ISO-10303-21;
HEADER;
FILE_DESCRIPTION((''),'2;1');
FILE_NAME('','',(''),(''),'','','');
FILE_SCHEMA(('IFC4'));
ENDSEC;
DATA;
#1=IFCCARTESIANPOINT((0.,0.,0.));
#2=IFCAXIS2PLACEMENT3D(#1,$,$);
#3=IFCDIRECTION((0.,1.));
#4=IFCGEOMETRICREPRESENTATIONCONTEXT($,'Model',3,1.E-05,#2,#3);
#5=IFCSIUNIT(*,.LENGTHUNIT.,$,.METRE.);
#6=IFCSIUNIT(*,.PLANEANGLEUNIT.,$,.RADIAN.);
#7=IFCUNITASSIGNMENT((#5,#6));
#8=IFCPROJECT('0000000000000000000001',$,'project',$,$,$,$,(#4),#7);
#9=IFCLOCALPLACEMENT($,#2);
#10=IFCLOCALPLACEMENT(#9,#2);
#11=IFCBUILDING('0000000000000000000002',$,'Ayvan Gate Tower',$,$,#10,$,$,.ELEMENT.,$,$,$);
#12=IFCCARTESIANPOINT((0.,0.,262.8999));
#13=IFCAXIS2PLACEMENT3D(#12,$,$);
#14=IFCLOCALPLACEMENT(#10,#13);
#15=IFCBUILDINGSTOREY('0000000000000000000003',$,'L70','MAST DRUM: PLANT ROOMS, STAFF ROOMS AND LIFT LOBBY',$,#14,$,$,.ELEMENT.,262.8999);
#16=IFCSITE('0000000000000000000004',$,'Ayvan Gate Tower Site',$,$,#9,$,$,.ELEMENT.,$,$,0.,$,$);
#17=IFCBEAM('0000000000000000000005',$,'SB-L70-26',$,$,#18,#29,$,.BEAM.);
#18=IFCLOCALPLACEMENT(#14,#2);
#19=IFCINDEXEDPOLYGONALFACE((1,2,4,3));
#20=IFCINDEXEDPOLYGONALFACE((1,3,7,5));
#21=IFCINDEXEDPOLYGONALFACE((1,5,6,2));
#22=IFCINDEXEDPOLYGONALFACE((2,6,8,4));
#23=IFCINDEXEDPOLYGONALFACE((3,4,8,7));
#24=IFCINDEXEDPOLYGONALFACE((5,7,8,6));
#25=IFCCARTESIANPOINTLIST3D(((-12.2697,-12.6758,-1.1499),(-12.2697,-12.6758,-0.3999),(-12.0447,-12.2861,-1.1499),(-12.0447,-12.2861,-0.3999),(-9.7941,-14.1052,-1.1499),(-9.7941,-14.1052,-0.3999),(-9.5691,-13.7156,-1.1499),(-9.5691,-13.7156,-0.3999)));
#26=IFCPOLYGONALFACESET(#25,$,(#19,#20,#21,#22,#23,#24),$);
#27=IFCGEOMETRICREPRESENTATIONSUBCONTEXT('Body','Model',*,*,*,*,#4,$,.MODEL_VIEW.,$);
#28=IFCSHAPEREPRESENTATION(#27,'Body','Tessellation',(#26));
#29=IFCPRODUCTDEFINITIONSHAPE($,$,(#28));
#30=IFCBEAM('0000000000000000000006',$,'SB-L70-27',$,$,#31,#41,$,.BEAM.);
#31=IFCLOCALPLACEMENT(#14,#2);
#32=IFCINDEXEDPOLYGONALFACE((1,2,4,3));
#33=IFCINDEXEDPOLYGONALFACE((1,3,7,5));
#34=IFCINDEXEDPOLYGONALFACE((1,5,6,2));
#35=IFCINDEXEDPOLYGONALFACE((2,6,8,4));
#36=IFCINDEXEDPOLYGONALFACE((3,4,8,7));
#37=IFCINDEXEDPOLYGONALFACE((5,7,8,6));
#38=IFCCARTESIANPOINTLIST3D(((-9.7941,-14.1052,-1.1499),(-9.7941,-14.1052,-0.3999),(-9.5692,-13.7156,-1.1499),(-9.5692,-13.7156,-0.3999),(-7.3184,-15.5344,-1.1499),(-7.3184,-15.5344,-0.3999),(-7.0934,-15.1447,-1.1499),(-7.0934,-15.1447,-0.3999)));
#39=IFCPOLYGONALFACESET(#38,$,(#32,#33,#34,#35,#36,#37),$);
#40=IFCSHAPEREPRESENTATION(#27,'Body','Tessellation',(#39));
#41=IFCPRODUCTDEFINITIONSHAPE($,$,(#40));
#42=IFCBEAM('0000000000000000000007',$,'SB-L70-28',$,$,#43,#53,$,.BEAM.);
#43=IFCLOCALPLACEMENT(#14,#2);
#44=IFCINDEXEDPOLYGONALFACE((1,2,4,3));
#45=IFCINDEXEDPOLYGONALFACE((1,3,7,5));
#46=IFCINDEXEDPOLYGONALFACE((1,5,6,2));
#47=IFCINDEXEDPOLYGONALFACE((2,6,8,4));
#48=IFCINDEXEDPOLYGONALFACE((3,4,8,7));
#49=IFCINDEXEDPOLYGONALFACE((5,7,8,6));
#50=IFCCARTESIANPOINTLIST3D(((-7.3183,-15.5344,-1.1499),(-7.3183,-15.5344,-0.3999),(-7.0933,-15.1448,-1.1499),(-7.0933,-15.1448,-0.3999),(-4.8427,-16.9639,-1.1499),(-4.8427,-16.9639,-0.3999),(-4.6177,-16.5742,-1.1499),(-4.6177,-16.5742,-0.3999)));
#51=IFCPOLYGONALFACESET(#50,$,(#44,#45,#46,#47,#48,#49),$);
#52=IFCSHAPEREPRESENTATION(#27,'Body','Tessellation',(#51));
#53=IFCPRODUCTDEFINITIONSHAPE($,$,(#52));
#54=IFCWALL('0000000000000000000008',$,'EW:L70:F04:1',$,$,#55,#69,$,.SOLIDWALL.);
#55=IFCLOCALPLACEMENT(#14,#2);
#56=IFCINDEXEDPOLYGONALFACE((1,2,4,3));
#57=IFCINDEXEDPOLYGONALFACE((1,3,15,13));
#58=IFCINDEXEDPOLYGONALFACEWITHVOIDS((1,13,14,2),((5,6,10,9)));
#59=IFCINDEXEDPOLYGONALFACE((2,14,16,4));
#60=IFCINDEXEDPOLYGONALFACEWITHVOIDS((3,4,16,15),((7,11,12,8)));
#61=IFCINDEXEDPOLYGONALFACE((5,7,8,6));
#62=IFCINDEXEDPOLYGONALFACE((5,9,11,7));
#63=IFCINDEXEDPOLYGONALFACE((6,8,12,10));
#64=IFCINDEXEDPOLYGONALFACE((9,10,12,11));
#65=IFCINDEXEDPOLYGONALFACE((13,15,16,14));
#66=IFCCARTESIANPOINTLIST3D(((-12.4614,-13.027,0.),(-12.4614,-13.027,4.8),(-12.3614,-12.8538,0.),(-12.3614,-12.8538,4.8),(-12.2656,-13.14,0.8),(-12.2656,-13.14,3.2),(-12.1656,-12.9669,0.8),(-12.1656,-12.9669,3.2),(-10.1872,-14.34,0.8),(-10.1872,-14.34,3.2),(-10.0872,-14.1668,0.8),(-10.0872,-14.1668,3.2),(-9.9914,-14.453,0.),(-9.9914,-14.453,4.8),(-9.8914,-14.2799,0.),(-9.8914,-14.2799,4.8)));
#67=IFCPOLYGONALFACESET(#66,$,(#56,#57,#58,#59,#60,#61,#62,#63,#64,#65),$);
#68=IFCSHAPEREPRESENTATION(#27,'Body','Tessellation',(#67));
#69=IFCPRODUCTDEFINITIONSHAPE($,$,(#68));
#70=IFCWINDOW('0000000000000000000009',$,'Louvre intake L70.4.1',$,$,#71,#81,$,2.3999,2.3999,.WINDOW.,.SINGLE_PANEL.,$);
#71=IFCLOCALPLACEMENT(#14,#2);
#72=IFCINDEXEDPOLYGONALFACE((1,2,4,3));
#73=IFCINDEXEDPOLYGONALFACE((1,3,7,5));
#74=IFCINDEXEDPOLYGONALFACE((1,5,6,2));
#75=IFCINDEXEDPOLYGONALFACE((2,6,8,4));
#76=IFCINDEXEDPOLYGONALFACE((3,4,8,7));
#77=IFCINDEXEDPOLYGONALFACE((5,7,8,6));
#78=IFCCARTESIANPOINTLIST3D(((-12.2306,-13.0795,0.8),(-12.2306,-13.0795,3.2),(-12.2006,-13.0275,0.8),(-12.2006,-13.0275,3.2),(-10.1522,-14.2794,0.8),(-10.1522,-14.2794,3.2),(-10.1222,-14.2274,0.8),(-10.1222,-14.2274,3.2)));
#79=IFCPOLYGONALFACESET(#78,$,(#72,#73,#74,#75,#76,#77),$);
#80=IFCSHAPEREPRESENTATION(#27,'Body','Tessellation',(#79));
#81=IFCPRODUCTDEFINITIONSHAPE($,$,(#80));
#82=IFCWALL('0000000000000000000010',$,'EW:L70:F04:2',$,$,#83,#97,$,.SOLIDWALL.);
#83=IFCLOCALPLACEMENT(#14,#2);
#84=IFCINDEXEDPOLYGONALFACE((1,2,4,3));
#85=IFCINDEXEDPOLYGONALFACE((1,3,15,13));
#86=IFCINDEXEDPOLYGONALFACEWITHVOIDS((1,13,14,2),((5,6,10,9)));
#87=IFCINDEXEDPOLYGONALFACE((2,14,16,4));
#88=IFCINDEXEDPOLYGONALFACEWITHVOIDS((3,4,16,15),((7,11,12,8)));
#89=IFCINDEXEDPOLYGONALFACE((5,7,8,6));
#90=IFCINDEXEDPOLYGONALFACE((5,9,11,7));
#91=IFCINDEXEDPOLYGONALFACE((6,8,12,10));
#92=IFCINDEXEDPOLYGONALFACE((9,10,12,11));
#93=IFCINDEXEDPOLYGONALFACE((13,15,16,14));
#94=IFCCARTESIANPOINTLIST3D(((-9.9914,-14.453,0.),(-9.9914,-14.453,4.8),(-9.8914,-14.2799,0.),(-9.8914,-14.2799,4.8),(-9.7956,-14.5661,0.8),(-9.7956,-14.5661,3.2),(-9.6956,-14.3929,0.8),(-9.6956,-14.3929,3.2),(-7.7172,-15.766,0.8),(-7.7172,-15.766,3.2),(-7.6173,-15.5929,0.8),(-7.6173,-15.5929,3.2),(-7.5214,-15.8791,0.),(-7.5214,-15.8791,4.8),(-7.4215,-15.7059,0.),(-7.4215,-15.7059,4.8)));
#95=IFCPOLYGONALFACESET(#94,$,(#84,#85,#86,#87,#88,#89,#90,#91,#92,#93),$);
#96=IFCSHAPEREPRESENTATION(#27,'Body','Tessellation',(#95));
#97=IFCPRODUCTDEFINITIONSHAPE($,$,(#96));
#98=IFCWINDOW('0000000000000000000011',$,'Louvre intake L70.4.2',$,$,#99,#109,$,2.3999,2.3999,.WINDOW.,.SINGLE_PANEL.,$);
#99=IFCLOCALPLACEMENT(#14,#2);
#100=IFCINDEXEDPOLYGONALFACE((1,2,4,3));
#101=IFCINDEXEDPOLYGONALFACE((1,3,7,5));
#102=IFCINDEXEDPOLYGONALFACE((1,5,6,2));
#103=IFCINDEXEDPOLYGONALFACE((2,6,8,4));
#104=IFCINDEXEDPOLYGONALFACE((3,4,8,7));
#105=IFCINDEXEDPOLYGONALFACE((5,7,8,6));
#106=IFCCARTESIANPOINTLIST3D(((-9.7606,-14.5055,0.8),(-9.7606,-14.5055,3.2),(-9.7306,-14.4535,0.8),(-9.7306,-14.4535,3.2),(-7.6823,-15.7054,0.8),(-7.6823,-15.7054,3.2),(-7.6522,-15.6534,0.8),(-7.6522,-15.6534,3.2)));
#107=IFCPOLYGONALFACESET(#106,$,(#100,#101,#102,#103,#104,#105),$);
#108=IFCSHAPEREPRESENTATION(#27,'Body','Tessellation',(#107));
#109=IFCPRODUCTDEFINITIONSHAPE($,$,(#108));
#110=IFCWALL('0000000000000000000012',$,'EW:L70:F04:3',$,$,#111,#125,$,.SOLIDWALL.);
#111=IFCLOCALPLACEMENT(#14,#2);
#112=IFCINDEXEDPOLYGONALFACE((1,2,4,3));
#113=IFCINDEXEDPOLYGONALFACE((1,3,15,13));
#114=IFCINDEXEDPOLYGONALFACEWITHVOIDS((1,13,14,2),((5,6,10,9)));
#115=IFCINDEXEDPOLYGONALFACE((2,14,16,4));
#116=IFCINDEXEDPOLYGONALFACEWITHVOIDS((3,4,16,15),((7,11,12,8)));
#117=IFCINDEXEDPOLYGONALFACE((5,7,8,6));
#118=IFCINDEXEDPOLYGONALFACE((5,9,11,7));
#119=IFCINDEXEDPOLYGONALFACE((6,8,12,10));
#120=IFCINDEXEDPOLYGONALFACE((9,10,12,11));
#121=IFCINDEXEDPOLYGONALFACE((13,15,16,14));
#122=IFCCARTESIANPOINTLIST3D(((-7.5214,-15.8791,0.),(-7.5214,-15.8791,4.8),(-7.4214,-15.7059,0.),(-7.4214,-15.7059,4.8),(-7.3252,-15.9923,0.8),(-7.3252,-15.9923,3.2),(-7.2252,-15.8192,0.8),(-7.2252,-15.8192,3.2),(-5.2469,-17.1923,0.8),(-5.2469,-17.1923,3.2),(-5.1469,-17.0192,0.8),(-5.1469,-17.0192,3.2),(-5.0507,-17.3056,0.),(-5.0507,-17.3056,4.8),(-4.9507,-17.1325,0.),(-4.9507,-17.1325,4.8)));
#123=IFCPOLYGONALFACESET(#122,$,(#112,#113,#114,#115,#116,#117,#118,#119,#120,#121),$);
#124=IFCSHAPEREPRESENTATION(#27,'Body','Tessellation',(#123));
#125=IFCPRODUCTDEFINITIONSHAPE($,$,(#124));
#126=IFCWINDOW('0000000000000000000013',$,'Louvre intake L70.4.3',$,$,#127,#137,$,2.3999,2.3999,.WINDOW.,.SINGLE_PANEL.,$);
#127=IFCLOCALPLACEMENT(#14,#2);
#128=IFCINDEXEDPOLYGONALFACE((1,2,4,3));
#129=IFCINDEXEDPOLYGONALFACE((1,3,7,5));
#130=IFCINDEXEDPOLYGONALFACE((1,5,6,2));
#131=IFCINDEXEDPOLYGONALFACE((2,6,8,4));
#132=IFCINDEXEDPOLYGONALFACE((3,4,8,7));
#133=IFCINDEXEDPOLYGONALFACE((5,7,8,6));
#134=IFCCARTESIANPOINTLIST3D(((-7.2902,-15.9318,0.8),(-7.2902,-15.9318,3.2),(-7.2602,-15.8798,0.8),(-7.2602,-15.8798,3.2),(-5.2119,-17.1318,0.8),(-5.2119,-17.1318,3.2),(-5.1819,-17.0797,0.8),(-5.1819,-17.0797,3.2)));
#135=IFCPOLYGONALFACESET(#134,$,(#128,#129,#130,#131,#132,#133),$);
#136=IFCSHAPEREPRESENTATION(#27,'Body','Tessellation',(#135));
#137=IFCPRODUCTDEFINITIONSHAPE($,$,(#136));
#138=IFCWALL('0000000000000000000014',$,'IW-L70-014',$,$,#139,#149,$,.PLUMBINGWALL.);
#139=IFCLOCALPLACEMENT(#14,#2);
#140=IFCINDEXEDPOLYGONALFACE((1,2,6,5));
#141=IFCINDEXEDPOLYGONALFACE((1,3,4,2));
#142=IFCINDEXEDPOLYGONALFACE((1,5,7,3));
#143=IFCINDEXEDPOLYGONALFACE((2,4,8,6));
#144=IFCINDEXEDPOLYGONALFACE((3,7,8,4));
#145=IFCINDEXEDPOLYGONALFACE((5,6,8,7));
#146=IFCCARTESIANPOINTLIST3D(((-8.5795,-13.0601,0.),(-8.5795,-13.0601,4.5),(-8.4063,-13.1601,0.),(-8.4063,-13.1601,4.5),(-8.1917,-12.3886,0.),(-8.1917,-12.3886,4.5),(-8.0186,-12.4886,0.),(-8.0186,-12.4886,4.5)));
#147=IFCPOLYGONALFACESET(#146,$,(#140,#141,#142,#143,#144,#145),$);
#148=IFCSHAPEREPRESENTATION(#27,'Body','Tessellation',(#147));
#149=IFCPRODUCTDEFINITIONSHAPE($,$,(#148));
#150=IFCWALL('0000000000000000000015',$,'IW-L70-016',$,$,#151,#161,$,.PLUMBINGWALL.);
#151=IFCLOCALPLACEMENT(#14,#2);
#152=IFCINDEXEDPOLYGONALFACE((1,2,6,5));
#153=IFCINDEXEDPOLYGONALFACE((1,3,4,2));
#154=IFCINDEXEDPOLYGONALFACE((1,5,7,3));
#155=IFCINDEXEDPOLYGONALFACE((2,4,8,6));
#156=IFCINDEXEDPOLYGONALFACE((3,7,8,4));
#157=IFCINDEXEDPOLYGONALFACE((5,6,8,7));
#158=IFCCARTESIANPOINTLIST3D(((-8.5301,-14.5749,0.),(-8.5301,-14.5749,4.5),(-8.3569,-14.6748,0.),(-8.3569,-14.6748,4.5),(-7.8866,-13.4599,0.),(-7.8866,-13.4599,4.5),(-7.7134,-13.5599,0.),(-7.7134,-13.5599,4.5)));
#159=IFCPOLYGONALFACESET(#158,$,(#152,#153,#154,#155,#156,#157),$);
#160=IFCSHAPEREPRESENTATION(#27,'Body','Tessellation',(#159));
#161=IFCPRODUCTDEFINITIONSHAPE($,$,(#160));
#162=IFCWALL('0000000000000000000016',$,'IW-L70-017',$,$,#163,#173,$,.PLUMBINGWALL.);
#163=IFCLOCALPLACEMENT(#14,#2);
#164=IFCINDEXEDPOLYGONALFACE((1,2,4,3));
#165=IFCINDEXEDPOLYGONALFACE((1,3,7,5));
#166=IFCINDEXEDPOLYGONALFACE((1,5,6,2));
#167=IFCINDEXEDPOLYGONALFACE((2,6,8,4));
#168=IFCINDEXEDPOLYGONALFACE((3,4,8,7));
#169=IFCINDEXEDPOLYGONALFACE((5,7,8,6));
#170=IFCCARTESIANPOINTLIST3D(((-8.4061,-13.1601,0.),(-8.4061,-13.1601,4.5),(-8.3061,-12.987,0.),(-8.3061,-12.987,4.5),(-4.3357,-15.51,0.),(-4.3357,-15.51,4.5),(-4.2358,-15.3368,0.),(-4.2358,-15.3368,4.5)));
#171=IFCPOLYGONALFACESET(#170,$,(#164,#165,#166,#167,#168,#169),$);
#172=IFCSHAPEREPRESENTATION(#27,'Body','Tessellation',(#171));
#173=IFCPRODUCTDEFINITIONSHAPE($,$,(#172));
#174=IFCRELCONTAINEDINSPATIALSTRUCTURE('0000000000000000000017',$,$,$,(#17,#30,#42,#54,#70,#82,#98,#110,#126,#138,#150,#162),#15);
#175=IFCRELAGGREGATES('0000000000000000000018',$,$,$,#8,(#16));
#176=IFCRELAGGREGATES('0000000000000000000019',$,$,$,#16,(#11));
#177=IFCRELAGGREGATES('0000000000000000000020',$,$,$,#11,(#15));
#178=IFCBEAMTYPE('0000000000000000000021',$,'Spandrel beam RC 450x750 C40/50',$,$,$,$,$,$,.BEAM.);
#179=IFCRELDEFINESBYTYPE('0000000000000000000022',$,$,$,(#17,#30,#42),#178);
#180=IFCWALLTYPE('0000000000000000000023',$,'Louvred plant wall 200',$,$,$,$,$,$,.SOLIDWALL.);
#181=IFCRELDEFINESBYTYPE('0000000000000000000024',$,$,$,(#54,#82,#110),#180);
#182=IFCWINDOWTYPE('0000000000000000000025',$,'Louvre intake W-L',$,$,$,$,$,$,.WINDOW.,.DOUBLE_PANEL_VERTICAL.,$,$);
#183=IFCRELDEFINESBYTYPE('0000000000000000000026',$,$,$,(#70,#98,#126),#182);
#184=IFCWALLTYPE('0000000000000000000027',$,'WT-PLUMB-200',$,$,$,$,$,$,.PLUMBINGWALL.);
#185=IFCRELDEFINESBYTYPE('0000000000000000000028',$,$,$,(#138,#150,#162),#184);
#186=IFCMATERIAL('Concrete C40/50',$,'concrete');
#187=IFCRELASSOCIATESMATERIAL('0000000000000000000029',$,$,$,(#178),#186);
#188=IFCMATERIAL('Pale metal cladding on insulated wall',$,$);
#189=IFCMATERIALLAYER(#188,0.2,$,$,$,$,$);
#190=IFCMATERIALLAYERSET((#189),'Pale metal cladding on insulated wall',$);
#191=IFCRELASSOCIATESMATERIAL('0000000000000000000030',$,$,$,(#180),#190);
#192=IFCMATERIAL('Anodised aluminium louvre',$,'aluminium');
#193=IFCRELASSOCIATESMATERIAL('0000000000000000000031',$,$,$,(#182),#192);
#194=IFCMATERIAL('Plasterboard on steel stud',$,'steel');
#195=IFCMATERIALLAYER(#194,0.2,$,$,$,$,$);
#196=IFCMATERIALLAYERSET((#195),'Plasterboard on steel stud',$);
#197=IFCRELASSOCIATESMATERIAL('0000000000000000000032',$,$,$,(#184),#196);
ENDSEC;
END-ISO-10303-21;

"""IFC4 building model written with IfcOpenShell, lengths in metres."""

from ifc_helpers import new_model, si_unit, direction, frame, frame_2d, origin, origin_2d, place, context, subcontext, project, spatial, rectangle, extrude, material, layer, layer_set, material_profile, profile_set, type_object, element, fill, save


model = new_model("IFC4")

# Units and contexts
model_context = context("Model", 3, precision=1e-05, world=origin(), true_north=direction((0.0, 1.0)))
body_context = subcontext(model_context, "Body", "Model", "MODEL_VIEW")
ifc_project = project(units=[si_unit("LENGTHUNIT", "METRE"), si_unit("PLANEANGLEUNIT", "RADIAN")], contexts=[model_context])

# Site, building, storey
site_placement = place(None, origin())
site = spatial("IfcSite", under=ifc_project, at=site_placement, Name="Ayvan Gate Tower Site", CompositionType="ELEMENT", RefElevation=0.0)
building_placement = place(site_placement, origin())
building = spatial("IfcBuilding", under=site, at=building_placement, Name="Ayvan Gate Tower", CompositionType="ELEMENT")
storey_placement = place(building_placement, frame((0.0, 0.0, 262.8999)))
storey = spatial("IfcBuildingStorey", under=building, at=storey_placement, Name="L70", Description="MAST DRUM: PLANT ROOMS, STAFF ROOMS AND LIFT LOBBY", CompositionType="ELEMENT", Elevation=262.8999)

# Beams
ifc_material_1 = material(Name="Concrete C40/50", Category="concrete")
ifc_material_profile = material_profile(ifc_material_1, rectangle(XDim=0.45, YDim=0.75, at=origin_2d()), Name="RC 450x750")
ifc_profile_set = profile_set([ifc_material_profile], Name="Concrete C40/50")
beam_type = type_object("IfcBeamType", Name="Spandrel beam RC 450x750 C40/50", PredefinedType="BEAM", material=ifc_profile_set)
for number, where, z_axis, x_axis, name in (
    (1, (-12.1572, -12.481, -0.7749), (0.866001, -0.500043, 0.0), (0.500043, 0.866001, 0.0), "SB-L70-26"),
    (2, (-9.6816, -13.9104, -0.7749), (0.866059, -0.499942, 0.0), (0.499942, 0.866059, 0.0), "SB-L70-27"),
    (3, (-7.2058, -15.3396, -0.7749), (0.866001, -0.500043, 0.0), (0.500043, 0.866001, 0.0), "SB-L70-28"),
):
    element("IfcBeam", number, at=place(storey_placement, frame(where, z_axis=z_axis, x_axis=x_axis)), inside=storey, type_object=beam_type, Name=name, PredefinedType="BEAM", context=body_context, shape_type="SweptSolid", body=[
        extrude(rectangle(XDim=0.45, YDim=0.75, at=origin_2d()), origin(), (0.0, 0.0, 1.0), 2.8586),
    ])

# Walls, openings, windows
ifc_material_2 = material(Name="Pale metal cladding on insulated wall")
ifc_layer_1 = layer(ifc_material_2, 0.2)
ifc_layer_set_1 = layer_set([ifc_layer_1], Name="Pale metal cladding on insulated wall")
wall_type_1 = type_object("IfcWallType", Name="Louvred plant wall 200", PredefinedType="SOLIDWALL", material=ifc_layer_set_1)
wall_1_placement = place(storey_placement, frame((-12.4114, -12.9404, 0.0), z_axis=(0.0, 0.0, 1.0), x_axis=(0.866027, -0.499997, 0.0)))
wall_1 = element("IfcWall", 4, at=wall_1_placement, inside=storey, type_object=wall_type_1, Name="EW:L70:F04:1", PredefinedType="SOLIDWALL", context=body_context, shape_type="SweptSolid", body=[
    extrude(rectangle(XDim=2.8521, YDim=0.2, at=frame_2d((1.426, 0.0))), origin(), (0.0, 0.0, 1.0), 4.8),
])
opening_1_placement = place(wall_1_placement, frame((0.2261, 0.0, 0.8)))
opening_1 = element("IfcOpeningElement", 5, at=opening_1_placement, cuts=wall_1, PredefinedType="OPENING", context=body_context, shape_type="SweptSolid", body=[
    extrude(rectangle(XDim=2.3999, YDim=2.3999, at=frame_2d((1.2, 1.2))), frame((0.0, 0.1099, 0.0), z_axis=(0.0, -1.0, 0.0), x_axis=(1.0, 0.0, 0.0)), (0.0, 0.0, 1.0), 0.22),
])
ifc_material_3 = material(Name="Anodised aluminium louvre", Category="aluminium")
window_type = type_object("IfcWindowType", Name="Louvre intake W-L", PartitioningType="DOUBLE_PANEL_VERTICAL", PredefinedType="WINDOW", material=ifc_material_3)
window_1_placement = place(opening_1_placement, origin())
window_1 = element("IfcWindow", 6, at=window_1_placement, inside=storey, type_object=window_type, Name="Louvre intake L70.4.1", OverallHeight=2.3999, OverallWidth=2.3999, PartitioningType="SINGLE_PANEL", PredefinedType="WINDOW", context=body_context, shape_type="SweptSolid", body=[
    extrude(rectangle(XDim=2.3999, YDim=2.3999, at=frame_2d((1.2, 1.2))), frame((0.0, 0.03, 0.0), z_axis=(0.0, -1.0, 0.0), x_axis=(1.0, 0.0, 0.0)), (0.0, 0.0, 1.0), 0.0601),
])
fill(opening_1, window_1)
wall_2_placement = place(storey_placement, frame((-9.9414, -14.3665, 0.0), z_axis=(0.0, 0.0, 1.0), x_axis=(0.866027, -0.499997, 0.0)))
wall_2 = element("IfcWall", 7, at=wall_2_placement, inside=storey, type_object=wall_type_1, Name="EW:L70:F04:2", PredefinedType="SOLIDWALL", context=body_context, shape_type="SweptSolid", body=[
    extrude(rectangle(XDim=2.8521, YDim=0.2, at=frame_2d((1.426, 0.0))), origin(), (0.0, 0.0, 1.0), 4.8),
])
opening_2_placement = place(wall_2_placement, frame((0.2261, 0.0, 0.8)))
opening_2 = element("IfcOpeningElement", 8, at=opening_2_placement, cuts=wall_2, PredefinedType="OPENING", context=body_context, shape_type="SweptSolid", body=[
    extrude(rectangle(XDim=2.3999, YDim=2.3999, at=frame_2d((1.2, 1.2))), frame((0.0, 0.1099, 0.0), z_axis=(0.0, -1.0, 0.0), x_axis=(1.0, 0.0, 0.0)), (0.0, 0.0, 1.0), 0.22),
])
window_2_placement = place(opening_2_placement, origin())
window_2 = element("IfcWindow", 9, at=window_2_placement, inside=storey, type_object=window_type, Name="Louvre intake L70.4.2", OverallHeight=2.3999, OverallWidth=2.3999, PartitioningType="SINGLE_PANEL", PredefinedType="WINDOW", context=body_context, shape_type="SweptSolid", body=[
    extrude(rectangle(XDim=2.3999, YDim=2.3999, at=frame_2d((1.2, 1.2))), frame((0.0, 0.03, 0.0), z_axis=(0.0, -1.0, 0.0), x_axis=(1.0, 0.0, 0.0)), (0.0, 0.0, 1.0), 0.0601),
])
fill(opening_2, window_2)
wall_3_placement = place(storey_placement, frame((-7.4714, -15.7925, 0.0), z_axis=(0.0, 0.0, 1.0), x_axis=(0.866017, -0.500014, 0.0)))
wall_3 = element("IfcWall", 10, at=wall_3_placement, inside=storey, type_object=wall_type_1, Name="EW:L70:F04:3", PredefinedType="SOLIDWALL", context=body_context, shape_type="SweptSolid", body=[
    extrude(rectangle(XDim=2.853, YDim=0.2, at=frame_2d((1.4265, 0.0))), origin(), (0.0, 0.0, 1.0), 4.8),
])
opening_3_placement = place(wall_3_placement, frame((0.2266, 0.0, 0.8)))
opening_3 = element("IfcOpeningElement", 11, at=opening_3_placement, cuts=wall_3, PredefinedType="OPENING", context=body_context, shape_type="SweptSolid", body=[
    extrude(rectangle(XDim=2.3999, YDim=2.3999, at=frame_2d((1.2, 1.2))), frame((0.0, 0.1099, 0.0), z_axis=(0.0, -1.0, 0.0), x_axis=(1.0, 0.0, 0.0)), (0.0, 0.0, 1.0), 0.22),
])
window_3_placement = place(opening_3_placement, origin())
window_3 = element("IfcWindow", 12, at=window_3_placement, inside=storey, type_object=window_type, Name="Louvre intake L70.4.3", OverallHeight=2.3999, OverallWidth=2.3999, PartitioningType="SINGLE_PANEL", PredefinedType="WINDOW", context=body_context, shape_type="SweptSolid", body=[
    extrude(rectangle(XDim=2.3999, YDim=2.3999, at=frame_2d((1.2, 1.2))), frame((0.0, 0.03, 0.0), z_axis=(0.0, -1.0, 0.0), x_axis=(1.0, 0.0, 0.0)), (0.0, 0.0, 1.0), 0.0601),
])
fill(opening_3, window_3)

# Walls
ifc_material_4 = material(Name="Plasterboard on steel stud", Category="steel")
ifc_layer_2 = layer(ifc_material_4, 0.2)
ifc_layer_set_2 = layer_set([ifc_layer_2], Name="Plasterboard on steel stud")
wall_type_2 = type_object("IfcWallType", Name="WT-PLUMB-200", PredefinedType="PLUMBINGWALL", material=ifc_layer_set_2)
wall_4_placement = place(storey_placement, frame((-8.4929, -13.1101, 0.0), z_axis=(0.0, 0.0, 1.0), x_axis=(0.500068, 0.865986, 0.0)))
element("IfcWall", 13, at=wall_4_placement, inside=storey, type_object=wall_type_2, Name="IW-L70-014", PredefinedType="PLUMBINGWALL", context=body_context, shape_type="SweptSolid", body=[
    extrude(rectangle(XDim=0.7754, YDim=0.2, at=frame_2d((0.3877, 0.0))), origin(), (0.0, 0.0, 1.0), 4.5),
])
wall_5_placement = place(storey_placement, frame((-7.8, -13.51, 0.0), z_axis=(0.0, 0.0, 1.0), x_axis=(-0.499892, -0.866088, 0.0)))
element("IfcWall", 14, at=wall_5_placement, inside=storey, type_object=wall_type_2, Name="IW-L70-016", PredefinedType="PLUMBINGWALL", context=body_context, shape_type="SweptSolid", body=[
    extrude(rectangle(XDim=1.2874, YDim=0.2, at=frame_2d((0.6436, 0.0))), origin(), (0.0, 0.0, 1.0), 4.5),
])
wall_6_placement = place(storey_placement, frame((-8.3562, -13.0735, 0.0), z_axis=(0.0, 0.0, 1.0), x_axis=(0.866039, -0.499977, 0.0)))
element("IfcWall", 15, at=wall_6_placement, inside=storey, type_object=wall_type_2, Name="IW-L70-017", PredefinedType="PLUMBINGWALL", context=body_context, shape_type="SweptSolid", body=[
    extrude(rectangle(XDim=4.7, YDim=0.2, at=frame_2d((2.3501, 0.0))), origin(), (0.0, 0.0, 1.0), 4.5),
])

save(model, "model.ifc")
